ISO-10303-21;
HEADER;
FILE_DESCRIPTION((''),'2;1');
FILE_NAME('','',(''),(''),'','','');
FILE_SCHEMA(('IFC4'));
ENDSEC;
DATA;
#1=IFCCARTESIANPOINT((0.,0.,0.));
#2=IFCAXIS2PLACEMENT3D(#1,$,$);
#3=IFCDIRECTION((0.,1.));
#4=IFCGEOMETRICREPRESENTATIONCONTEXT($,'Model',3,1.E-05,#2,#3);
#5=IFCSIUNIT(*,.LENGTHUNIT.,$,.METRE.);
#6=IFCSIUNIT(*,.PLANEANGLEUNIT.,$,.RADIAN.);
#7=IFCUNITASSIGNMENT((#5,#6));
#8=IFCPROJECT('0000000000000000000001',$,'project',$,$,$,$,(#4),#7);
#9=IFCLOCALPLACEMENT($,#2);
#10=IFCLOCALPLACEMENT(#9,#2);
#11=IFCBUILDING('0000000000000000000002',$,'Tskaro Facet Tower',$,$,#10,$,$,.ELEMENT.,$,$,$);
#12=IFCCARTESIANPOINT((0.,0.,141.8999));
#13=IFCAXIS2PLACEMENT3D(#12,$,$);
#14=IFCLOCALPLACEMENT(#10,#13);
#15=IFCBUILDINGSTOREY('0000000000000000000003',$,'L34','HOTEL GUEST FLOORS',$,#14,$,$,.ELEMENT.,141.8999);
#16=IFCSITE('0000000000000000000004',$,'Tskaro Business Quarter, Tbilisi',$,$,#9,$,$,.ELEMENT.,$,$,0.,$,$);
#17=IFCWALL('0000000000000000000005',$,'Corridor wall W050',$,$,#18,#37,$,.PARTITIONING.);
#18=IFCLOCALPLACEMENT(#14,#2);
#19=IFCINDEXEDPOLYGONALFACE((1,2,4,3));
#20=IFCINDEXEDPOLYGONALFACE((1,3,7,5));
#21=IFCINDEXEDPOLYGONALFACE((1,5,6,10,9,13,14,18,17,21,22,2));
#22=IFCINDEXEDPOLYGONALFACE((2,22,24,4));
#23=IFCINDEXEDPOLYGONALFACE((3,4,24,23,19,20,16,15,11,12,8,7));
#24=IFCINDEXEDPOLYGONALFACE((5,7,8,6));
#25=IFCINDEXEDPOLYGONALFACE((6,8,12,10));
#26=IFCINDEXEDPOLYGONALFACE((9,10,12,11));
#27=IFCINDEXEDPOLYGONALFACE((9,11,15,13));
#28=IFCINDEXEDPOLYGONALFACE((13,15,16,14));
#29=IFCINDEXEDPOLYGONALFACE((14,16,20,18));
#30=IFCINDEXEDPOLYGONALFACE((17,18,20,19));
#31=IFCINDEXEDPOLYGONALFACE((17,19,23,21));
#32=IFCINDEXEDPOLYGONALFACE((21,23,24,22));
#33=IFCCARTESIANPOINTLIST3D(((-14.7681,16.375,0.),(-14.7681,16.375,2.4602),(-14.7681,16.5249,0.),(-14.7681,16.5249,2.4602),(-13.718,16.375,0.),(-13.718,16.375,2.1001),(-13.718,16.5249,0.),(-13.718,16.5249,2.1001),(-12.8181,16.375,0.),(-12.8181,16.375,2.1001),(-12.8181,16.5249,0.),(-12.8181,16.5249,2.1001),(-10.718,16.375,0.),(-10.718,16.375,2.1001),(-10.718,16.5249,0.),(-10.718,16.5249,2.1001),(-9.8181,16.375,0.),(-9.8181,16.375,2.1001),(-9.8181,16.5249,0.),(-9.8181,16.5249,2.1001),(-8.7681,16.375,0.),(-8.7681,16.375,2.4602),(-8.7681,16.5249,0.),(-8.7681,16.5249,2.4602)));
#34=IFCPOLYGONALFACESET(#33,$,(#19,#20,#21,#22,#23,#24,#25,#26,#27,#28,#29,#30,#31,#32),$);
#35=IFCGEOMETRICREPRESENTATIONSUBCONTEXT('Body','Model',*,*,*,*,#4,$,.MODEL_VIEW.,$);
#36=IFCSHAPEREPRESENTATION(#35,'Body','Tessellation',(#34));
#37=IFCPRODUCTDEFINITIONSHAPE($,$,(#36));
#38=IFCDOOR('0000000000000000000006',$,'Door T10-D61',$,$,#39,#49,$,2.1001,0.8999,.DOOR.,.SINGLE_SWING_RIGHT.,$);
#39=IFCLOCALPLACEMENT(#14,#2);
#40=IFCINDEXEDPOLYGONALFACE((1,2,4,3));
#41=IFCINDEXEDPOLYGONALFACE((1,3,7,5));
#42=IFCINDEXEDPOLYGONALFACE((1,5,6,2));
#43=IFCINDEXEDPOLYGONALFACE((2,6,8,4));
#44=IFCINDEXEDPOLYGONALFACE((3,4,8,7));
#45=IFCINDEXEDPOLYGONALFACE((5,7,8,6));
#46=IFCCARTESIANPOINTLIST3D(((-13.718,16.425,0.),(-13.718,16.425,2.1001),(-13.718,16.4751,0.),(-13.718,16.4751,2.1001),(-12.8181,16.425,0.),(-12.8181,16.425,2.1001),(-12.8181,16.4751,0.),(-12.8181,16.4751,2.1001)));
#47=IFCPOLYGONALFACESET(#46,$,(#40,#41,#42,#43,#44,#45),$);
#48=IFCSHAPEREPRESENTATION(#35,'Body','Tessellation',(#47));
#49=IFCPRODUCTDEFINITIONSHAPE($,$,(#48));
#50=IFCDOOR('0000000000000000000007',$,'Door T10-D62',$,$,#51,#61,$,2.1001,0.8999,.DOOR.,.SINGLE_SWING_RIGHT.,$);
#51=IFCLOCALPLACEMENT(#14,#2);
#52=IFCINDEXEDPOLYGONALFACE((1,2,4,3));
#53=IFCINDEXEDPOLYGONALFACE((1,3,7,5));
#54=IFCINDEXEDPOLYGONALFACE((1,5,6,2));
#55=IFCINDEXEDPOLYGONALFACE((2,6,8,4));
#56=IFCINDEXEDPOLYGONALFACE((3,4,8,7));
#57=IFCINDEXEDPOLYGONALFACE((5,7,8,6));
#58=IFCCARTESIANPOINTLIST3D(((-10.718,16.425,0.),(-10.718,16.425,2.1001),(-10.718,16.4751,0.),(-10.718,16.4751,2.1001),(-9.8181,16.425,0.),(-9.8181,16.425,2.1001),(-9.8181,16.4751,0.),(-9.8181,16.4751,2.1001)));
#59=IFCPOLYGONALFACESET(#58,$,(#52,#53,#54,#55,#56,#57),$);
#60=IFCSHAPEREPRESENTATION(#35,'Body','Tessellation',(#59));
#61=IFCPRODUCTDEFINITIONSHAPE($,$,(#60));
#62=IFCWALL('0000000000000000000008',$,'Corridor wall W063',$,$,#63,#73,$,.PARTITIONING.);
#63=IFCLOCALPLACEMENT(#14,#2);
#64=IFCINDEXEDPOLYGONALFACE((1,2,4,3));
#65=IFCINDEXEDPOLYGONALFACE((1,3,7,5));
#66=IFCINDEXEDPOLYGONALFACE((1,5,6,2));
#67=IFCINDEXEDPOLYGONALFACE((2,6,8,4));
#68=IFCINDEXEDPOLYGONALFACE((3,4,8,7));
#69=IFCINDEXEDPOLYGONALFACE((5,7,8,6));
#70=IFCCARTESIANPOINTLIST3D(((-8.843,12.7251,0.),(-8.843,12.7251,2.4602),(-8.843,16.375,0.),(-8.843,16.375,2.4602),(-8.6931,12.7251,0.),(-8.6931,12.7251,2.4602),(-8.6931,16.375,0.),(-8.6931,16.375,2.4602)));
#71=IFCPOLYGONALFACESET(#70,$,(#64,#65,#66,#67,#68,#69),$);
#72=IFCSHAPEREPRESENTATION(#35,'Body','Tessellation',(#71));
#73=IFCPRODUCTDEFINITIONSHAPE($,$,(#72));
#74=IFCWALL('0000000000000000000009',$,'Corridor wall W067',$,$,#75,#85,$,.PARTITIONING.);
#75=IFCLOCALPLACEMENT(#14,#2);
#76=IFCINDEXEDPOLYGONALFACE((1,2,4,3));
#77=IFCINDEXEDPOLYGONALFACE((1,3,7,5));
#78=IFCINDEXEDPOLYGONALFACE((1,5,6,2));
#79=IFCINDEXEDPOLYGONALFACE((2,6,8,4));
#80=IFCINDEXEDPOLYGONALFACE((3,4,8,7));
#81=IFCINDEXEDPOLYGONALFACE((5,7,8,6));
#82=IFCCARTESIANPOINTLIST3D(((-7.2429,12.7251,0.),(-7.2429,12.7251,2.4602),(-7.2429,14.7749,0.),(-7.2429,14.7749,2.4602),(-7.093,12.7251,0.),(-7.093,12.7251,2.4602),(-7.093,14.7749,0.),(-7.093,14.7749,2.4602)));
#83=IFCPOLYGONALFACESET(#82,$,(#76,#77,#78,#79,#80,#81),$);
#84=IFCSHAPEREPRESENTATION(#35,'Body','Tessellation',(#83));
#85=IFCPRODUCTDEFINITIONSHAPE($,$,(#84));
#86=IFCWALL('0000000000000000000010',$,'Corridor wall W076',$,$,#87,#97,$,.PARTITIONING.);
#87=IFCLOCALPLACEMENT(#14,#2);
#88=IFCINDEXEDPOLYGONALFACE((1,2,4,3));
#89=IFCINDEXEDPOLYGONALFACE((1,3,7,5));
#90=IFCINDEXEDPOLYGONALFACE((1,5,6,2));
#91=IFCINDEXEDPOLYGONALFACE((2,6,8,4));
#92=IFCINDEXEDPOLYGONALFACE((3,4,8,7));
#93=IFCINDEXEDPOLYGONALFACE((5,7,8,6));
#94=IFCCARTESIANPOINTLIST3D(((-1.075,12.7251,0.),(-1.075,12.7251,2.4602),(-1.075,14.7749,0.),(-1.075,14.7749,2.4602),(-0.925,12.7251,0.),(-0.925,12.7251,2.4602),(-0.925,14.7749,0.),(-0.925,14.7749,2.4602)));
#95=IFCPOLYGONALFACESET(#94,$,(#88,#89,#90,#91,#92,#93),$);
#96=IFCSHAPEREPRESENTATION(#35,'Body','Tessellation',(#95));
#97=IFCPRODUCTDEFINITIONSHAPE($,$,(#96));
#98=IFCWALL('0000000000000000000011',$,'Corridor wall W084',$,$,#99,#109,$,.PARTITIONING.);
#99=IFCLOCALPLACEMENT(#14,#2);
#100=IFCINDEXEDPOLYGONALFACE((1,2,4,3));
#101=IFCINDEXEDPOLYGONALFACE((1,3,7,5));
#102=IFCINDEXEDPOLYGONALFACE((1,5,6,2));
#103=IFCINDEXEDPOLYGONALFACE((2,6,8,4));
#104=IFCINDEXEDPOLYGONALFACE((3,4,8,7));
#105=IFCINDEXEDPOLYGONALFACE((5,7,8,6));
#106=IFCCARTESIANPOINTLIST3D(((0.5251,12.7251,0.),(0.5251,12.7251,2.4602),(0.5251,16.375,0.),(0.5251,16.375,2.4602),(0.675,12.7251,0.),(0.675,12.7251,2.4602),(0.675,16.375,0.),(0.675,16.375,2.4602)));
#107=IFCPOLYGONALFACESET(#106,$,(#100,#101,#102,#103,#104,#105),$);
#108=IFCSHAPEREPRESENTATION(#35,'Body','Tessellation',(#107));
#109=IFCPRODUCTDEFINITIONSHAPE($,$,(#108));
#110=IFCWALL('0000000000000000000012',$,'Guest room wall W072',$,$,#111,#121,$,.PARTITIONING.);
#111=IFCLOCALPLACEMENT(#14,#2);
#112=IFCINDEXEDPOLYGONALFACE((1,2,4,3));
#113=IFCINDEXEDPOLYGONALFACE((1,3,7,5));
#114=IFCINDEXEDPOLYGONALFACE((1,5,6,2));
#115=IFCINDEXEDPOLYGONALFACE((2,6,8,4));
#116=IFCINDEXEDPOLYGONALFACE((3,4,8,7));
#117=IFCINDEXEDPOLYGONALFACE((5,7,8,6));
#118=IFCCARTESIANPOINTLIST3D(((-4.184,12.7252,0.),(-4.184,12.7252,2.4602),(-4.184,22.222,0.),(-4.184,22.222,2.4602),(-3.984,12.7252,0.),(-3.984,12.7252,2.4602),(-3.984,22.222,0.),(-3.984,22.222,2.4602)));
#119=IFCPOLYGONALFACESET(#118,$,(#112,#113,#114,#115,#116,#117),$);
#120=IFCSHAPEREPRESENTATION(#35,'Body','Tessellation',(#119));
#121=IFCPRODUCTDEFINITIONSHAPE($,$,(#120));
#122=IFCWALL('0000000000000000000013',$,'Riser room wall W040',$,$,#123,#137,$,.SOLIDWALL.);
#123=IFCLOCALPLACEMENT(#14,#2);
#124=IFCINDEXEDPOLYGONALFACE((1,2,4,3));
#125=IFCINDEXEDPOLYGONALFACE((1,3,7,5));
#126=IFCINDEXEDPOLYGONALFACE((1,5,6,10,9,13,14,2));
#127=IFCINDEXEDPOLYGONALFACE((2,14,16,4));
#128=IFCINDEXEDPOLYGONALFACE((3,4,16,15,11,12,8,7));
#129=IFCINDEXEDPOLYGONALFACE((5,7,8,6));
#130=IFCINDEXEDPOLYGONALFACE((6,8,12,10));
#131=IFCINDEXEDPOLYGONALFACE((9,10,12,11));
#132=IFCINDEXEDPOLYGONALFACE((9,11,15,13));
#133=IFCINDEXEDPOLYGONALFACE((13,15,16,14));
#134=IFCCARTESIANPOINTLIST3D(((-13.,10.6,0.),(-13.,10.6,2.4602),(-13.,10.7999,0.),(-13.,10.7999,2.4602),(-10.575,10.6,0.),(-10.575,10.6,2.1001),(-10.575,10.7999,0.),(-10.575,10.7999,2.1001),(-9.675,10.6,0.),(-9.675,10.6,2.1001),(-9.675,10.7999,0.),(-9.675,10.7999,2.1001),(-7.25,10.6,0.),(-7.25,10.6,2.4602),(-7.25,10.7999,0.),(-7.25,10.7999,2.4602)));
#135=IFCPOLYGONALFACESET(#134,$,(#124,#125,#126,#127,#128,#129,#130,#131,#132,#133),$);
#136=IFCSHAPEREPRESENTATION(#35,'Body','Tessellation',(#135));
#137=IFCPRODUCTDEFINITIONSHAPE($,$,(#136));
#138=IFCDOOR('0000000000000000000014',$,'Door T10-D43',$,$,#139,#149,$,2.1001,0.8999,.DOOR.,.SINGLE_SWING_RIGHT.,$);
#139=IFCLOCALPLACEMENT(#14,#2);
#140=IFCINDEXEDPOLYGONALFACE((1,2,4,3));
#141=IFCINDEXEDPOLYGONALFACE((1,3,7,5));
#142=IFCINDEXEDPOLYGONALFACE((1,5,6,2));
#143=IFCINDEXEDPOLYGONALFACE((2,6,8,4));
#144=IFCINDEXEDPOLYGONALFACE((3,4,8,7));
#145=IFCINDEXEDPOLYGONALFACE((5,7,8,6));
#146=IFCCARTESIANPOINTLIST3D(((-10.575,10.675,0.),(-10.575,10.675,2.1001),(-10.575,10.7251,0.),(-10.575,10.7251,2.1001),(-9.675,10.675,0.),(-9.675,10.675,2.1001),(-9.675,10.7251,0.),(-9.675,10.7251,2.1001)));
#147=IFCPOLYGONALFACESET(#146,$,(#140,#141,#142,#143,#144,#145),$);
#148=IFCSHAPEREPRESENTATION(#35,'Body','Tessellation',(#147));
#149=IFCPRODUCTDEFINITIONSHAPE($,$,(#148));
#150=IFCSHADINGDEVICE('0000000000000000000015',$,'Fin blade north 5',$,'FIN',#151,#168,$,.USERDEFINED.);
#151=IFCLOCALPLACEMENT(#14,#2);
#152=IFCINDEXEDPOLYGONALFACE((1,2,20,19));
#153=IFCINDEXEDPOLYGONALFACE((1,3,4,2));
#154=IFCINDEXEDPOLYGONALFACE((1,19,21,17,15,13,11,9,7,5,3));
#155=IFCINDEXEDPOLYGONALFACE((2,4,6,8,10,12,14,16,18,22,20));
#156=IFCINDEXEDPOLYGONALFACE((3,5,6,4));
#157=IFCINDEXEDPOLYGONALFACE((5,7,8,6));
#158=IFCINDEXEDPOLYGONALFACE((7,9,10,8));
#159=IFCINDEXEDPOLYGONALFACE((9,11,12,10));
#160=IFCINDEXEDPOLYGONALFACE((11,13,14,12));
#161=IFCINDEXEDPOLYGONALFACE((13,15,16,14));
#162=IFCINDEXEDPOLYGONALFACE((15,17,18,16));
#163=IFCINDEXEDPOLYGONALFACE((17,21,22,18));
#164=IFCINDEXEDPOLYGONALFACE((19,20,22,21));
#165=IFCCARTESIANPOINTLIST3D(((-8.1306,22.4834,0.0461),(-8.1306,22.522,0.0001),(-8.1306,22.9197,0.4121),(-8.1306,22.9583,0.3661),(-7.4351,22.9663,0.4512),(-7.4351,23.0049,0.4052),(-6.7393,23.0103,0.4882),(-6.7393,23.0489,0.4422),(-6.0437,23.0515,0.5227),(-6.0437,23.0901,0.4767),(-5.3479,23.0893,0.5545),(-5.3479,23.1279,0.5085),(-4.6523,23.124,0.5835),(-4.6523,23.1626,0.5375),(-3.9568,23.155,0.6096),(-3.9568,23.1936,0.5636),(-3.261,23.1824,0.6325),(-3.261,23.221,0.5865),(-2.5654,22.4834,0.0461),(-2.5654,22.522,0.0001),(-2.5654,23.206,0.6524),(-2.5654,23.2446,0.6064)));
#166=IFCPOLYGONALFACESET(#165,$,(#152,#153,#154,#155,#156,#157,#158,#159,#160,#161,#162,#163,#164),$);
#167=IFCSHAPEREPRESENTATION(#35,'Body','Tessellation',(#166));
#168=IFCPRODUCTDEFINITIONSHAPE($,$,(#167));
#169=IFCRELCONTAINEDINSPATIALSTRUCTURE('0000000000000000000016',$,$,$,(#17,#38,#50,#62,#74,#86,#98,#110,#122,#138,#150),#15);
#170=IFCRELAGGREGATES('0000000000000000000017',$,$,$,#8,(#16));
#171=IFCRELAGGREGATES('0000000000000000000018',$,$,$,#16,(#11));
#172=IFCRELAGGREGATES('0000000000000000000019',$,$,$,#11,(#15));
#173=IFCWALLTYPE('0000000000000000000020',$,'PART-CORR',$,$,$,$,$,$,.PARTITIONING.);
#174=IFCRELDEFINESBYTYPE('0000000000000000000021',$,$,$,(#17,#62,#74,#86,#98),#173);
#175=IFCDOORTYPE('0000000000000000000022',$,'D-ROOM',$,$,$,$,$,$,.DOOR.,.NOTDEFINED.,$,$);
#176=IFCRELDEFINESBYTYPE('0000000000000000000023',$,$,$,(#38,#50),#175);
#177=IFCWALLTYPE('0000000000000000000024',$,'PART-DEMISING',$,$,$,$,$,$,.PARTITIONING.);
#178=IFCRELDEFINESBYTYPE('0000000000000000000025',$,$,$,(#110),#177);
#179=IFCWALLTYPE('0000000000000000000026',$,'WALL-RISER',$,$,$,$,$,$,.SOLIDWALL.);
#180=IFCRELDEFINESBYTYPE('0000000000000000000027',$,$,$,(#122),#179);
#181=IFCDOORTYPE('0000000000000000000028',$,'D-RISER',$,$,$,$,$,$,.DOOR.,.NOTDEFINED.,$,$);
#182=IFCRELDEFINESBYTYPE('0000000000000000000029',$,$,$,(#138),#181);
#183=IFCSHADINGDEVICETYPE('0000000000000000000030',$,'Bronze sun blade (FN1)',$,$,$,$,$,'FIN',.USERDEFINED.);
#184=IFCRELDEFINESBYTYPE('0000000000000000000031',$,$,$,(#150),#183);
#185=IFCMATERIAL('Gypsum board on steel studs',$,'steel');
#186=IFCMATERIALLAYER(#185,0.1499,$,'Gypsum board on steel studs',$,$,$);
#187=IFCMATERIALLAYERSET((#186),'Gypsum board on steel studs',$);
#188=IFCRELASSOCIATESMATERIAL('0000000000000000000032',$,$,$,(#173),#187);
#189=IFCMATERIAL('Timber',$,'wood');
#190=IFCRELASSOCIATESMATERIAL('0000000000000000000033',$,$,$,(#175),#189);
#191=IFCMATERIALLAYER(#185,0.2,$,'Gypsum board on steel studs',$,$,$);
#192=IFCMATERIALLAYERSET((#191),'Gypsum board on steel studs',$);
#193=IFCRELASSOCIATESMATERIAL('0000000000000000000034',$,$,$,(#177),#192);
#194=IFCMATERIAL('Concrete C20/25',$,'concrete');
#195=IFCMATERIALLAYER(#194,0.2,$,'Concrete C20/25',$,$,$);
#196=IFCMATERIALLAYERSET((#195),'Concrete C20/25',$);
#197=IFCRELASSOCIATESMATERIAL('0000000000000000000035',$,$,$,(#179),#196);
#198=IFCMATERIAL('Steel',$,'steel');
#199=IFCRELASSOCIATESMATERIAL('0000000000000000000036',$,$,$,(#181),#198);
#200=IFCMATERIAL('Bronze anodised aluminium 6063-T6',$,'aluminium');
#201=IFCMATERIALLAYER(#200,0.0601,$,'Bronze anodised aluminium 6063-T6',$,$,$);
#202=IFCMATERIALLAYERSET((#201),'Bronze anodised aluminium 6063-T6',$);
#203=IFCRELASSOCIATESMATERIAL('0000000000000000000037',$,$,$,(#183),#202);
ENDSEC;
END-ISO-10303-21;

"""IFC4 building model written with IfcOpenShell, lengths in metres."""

from ifc_helpers import new_model, si_unit, direction, frame, frame_2d, origin, place, context, subcontext, project, spatial, polyline, rectangle, outline, extrude, material, layer, layer_set, type_object, element, fill, save


model = new_model("IFC4")

# Units and contexts
model_context = context("Model", 3, precision=1e-05, world=origin(), true_north=direction((0.0, 1.0)))
body_context = subcontext(model_context, "Body", "Model", "MODEL_VIEW")
ifc_project = project(units=[si_unit("LENGTHUNIT", "METRE"), si_unit("PLANEANGLEUNIT", "RADIAN")], contexts=[model_context])

# Site, building, storey
site_placement = place(None, origin())
site = spatial("IfcSite", under=ifc_project, at=site_placement, Name="Tskaro Business Quarter, Tbilisi", CompositionType="ELEMENT", RefElevation=0.0)
building_placement = place(site_placement, origin())
building = spatial("IfcBuilding", under=site, at=building_placement, Name="Tskaro Facet Tower", CompositionType="ELEMENT")
storey_placement = place(building_placement, frame((0.0, 0.0, 141.8999)))
storey = spatial("IfcBuildingStorey", under=building, at=storey_placement, Name="L34", Description="HOTEL GUEST FLOORS", CompositionType="ELEMENT", Elevation=141.8999)

# Shared definitions
ifc_material_1 = material(Name="Bronze anodised aluminium 6063-T6", Category="aluminium")

# Shared definitions
ifc_material_2 = material(Name="Gypsum board on steel studs", Category="steel")
ifc_layer_1 = layer(ifc_material_2, 0.1499, Name="Gypsum board on steel studs")
ifc_layer_set_1 = layer_set([ifc_layer_1], Name="Gypsum board on steel studs")
wall_type_1 = type_object("IfcWallType", Name="PART-CORR", PredefinedType="PARTITIONING", material=ifc_layer_set_1)
ifc_material_3 = material(Name="Timber", Category="wood")
door_type_1 = type_object("IfcDoorType", Name="D-ROOM", OperationType="NOTDEFINED", PredefinedType="DOOR", material=ifc_material_3)

# Wall, openings, doors
wall_1_placement = place(storey_placement, frame((-8.7681, 16.45, 0.0), z_axis=(0.0, 0.0, 1.0), x_axis=(-1.0, 0.0, 0.0)))
wall_1 = element("IfcWall", 1, at=wall_1_placement, inside=storey, type_object=wall_type_1, Name="Corridor wall W050", PredefinedType="PARTITIONING", context=body_context, shape_type="SweptSolid", body=[
    extrude(rectangle(XDim=6.0, YDim=0.1499, at=frame_2d((3.0, 0.0))), origin(), (0.0, 0.0, 1.0), 2.4602),
])
opening_1_placement = place(wall_1_placement, frame((4.05, 0.0, 0.0)))
opening_1 = element("IfcOpeningElement", 2, at=opening_1_placement, cuts=wall_1, PredefinedType="OPENING", context=body_context, shape_type="SweptSolid", body=[
    extrude(rectangle(XDim=0.8999, YDim=2.1001, at=frame_2d((0.45, 1.05))), frame((0.0, 0.085, 0.0), z_axis=(0.0, -1.0, 0.0), x_axis=(1.0, 0.0, 0.0)), (0.0, 0.0, 1.0), 0.1699),
])
opening_2_placement = place(wall_1_placement, frame((1.05, 0.0, 0.0)))
opening_2 = element("IfcOpeningElement", 3, at=opening_2_placement, cuts=wall_1, PredefinedType="OPENING", context=body_context, shape_type="SweptSolid", body=[
    extrude(rectangle(XDim=0.8999, YDim=2.1001, at=frame_2d((0.45, 1.05))), frame((0.0, 0.085, 0.0), z_axis=(0.0, -1.0, 0.0), x_axis=(1.0, 0.0, 0.0)), (0.0, 0.0, 1.0), 0.1699),
])
door_1_placement = place(opening_1_placement, origin())
door_1 = element("IfcDoor", 4, at=door_1_placement, inside=storey, type_object=door_type_1, Name="Door T10-D61", OperationType="SINGLE_SWING_RIGHT", OverallHeight=2.1001, OverallWidth=0.8999, PredefinedType="DOOR", context=body_context, shape_type="SweptSolid", body=[
    extrude(rectangle(XDim=0.8999, YDim=2.1001, at=frame_2d((0.45, 1.05))), frame((0.0, 0.0249, 0.0), z_axis=(0.0, -1.0, 0.0), x_axis=(1.0, 0.0, 0.0)), (0.0, 0.0, 1.0), 0.05),
])
fill(opening_1, door_1)
door_2_placement = place(opening_2_placement, origin())
door_2 = element("IfcDoor", 5, at=door_2_placement, inside=storey, type_object=door_type_1, Name="Door T10-D62", OperationType="SINGLE_SWING_RIGHT", OverallHeight=2.1001, OverallWidth=0.8999, PredefinedType="DOOR", context=body_context, shape_type="SweptSolid", body=[
    extrude(rectangle(XDim=0.8999, YDim=2.1001, at=frame_2d((0.45, 1.05))), frame((0.0, 0.0249, 0.0), z_axis=(0.0, -1.0, 0.0), x_axis=(1.0, 0.0, 0.0)), (0.0, 0.0, 1.0), 0.05),
])
fill(opening_2, door_2)

# Walls
wall_2_placement = place(storey_placement, frame((-8.7681, 12.7251, 0.0), z_axis=(0.0, 0.0, 1.0), x_axis=(0.0, 1.0, 0.0)))
element("IfcWall", 6, at=wall_2_placement, inside=storey, type_object=wall_type_1, Name="Corridor wall W063", PredefinedType="PARTITIONING", context=body_context, shape_type="SweptSolid", body=[
    extrude(rectangle(XDim=3.6499, YDim=0.1499, at=frame_2d((1.825, 0.0))), origin(), (0.0, 0.0, 1.0), 2.4602),
])
for number, where, z_axis, x_axis, name in (
    (7, (-7.168, 12.7251, 0.0), (0.0, 0.0, 1.0), (0.0, 1.0, 0.0), "Corridor wall W067"),
    (8, (-1.0, 12.7251, 0.0), (0.0, 0.0, 1.0), (0.0, 1.0, 0.0), "Corridor wall W076"),
):
    element("IfcWall", number, at=place(storey_placement, frame(where, z_axis=z_axis, x_axis=x_axis)), inside=storey, type_object=wall_type_1, Name=name, PredefinedType="PARTITIONING", context=body_context, shape_type="SweptSolid", body=[
        extrude(rectangle(XDim=2.0498, YDim=0.1499, at=frame_2d((1.0249, 0.0))), origin(), (0.0, 0.0, 1.0), 2.4602),
    ])
wall_3_placement = place(storey_placement, frame((0.6001, 12.7251, 0.0), z_axis=(0.0, 0.0, 1.0), x_axis=(0.0, 1.0, 0.0)))
element("IfcWall", 9, at=wall_3_placement, inside=storey, type_object=wall_type_1, Name="Corridor wall W084", PredefinedType="PARTITIONING", context=body_context, shape_type="SweptSolid", body=[
    extrude(rectangle(XDim=3.6499, YDim=0.1499, at=frame_2d((1.825, 0.0))), origin(), (0.0, 0.0, 1.0), 2.4602),
])
ifc_layer_2 = layer(ifc_material_2, 0.2, Name="Gypsum board on steel studs")
ifc_layer_set_2 = layer_set([ifc_layer_2], Name="Gypsum board on steel studs")
wall_type_2 = type_object("IfcWallType", Name="PART-DEMISING", PredefinedType="PARTITIONING", material=ifc_layer_set_2)
wall_4_placement = place(storey_placement, frame((-4.084, 12.7251, 0.0), z_axis=(0.0, 0.0, 1.0), x_axis=(0.0, 1.0, 0.0)))
element("IfcWall", 10, at=wall_4_placement, inside=storey, type_object=wall_type_2, Name="Guest room wall W072", PredefinedType="PARTITIONING", context=body_context, shape_type="SweptSolid", body=[
    extrude(rectangle(XDim=9.4968, YDim=0.2, at=frame_2d((4.7485, 0.0))), origin(), (0.0, 0.0, 1.0), 2.4602),
])

# Wall, opening, door
ifc_material_4 = material(Name="Concrete C20/25", Category="concrete")
ifc_layer_3 = layer(ifc_material_4, 0.2, Name="Concrete C20/25")
ifc_layer_set_3 = layer_set([ifc_layer_3], Name="Concrete C20/25")
wall_type_3 = type_object("IfcWallType", Name="WALL-RISER", PredefinedType="SOLIDWALL", material=ifc_layer_set_3)
wall_5_placement = place(storey_placement, frame((-7.25, 10.7, 0.0), z_axis=(0.0, 0.0, 1.0), x_axis=(-1.0, 0.0, 0.0)))
wall_5 = element("IfcWall", 11, at=wall_5_placement, inside=storey, type_object=wall_type_3, Name="Riser room wall W040", PredefinedType="SOLIDWALL", context=body_context, shape_type="SweptSolid", body=[
    extrude(rectangle(XDim=5.75, YDim=0.2, at=frame_2d((2.875, 0.0))), origin(), (0.0, 0.0, 1.0), 2.4602),
])
opening_3_placement = place(wall_5_placement, frame((2.425, 0.0, 0.0)))
opening_3 = element("IfcOpeningElement", 12, at=opening_3_placement, cuts=wall_5, PredefinedType="OPENING", context=body_context, shape_type="SweptSolid", body=[
    extrude(rectangle(XDim=0.8999, YDim=2.1001, at=frame_2d((0.45, 1.05))), frame((0.0, 0.1099, 0.0), z_axis=(0.0, -1.0, 0.0), x_axis=(1.0, 0.0, 0.0)), (0.0, 0.0, 1.0), 0.22),
])
ifc_material_5 = material(Name="Steel", Category="steel")
door_type_2 = type_object("IfcDoorType", Name="D-RISER", OperationType="NOTDEFINED", PredefinedType="DOOR", material=ifc_material_5)
door_3_placement = place(opening_3_placement, origin())
door_3 = element("IfcDoor", 13, at=door_3_placement, inside=storey, type_object=door_type_2, Name="Door T10-D43", OperationType="SINGLE_SWING_RIGHT", OverallHeight=2.1001, OverallWidth=0.8999, PredefinedType="DOOR", context=body_context, shape_type="SweptSolid", body=[
    extrude(rectangle(XDim=0.8999, YDim=2.1001, at=frame_2d((0.45, 1.05))), frame((0.0, 0.0249, 0.0), z_axis=(0.0, -1.0, 0.0), x_axis=(1.0, 0.0, 0.0)), (0.0, 0.0, 1.0), 0.05),
])
fill(opening_3, door_3)

# Shading device
ifc_layer_4 = layer(ifc_material_1, 0.0601, Name="Bronze anodised aluminium 6063-T6")
ifc_layer_set_4 = layer_set([ifc_layer_4], Name="Bronze anodised aluminium 6063-T6")
shading_device_type = type_object("IfcShadingDeviceType", Name="Bronze sun blade (FN1)", ElementType="FIN", PredefinedType="USERDEFINED", material=ifc_layer_set_4)
shading_device_1_placement = place(storey_placement, frame((-2.5654, 22.4834, 0.0461), z_axis=(0.000002, -0.642699, 0.766119), x_axis=(-1.0, -0.000001, 0.000001)))
element("IfcShadingDevice", 14, at=shading_device_1_placement, inside=storey, type_object=shading_device_type, Name="Fin blade north 5", ObjectType="FIN", PredefinedType="USERDEFINED", context=body_context, shape_type="SweptSolid", body=[
    extrude(outline(polyline([(0.0, 0.0), (5.5652, 0.0), (5.5652, -0.5694), (4.8696, -0.6303), (4.1738, -0.6878), (3.4783, -0.7415), (2.7825, -0.7909), (2.0869, -0.8362), (1.3914, -0.8767), (0.6956, -0.9124), (0.0, -0.9432), (0.0, 0.0)])), origin(), (0.0, 0.0, -1.0), 0.0601),
])

save(model, "model.ifc")
